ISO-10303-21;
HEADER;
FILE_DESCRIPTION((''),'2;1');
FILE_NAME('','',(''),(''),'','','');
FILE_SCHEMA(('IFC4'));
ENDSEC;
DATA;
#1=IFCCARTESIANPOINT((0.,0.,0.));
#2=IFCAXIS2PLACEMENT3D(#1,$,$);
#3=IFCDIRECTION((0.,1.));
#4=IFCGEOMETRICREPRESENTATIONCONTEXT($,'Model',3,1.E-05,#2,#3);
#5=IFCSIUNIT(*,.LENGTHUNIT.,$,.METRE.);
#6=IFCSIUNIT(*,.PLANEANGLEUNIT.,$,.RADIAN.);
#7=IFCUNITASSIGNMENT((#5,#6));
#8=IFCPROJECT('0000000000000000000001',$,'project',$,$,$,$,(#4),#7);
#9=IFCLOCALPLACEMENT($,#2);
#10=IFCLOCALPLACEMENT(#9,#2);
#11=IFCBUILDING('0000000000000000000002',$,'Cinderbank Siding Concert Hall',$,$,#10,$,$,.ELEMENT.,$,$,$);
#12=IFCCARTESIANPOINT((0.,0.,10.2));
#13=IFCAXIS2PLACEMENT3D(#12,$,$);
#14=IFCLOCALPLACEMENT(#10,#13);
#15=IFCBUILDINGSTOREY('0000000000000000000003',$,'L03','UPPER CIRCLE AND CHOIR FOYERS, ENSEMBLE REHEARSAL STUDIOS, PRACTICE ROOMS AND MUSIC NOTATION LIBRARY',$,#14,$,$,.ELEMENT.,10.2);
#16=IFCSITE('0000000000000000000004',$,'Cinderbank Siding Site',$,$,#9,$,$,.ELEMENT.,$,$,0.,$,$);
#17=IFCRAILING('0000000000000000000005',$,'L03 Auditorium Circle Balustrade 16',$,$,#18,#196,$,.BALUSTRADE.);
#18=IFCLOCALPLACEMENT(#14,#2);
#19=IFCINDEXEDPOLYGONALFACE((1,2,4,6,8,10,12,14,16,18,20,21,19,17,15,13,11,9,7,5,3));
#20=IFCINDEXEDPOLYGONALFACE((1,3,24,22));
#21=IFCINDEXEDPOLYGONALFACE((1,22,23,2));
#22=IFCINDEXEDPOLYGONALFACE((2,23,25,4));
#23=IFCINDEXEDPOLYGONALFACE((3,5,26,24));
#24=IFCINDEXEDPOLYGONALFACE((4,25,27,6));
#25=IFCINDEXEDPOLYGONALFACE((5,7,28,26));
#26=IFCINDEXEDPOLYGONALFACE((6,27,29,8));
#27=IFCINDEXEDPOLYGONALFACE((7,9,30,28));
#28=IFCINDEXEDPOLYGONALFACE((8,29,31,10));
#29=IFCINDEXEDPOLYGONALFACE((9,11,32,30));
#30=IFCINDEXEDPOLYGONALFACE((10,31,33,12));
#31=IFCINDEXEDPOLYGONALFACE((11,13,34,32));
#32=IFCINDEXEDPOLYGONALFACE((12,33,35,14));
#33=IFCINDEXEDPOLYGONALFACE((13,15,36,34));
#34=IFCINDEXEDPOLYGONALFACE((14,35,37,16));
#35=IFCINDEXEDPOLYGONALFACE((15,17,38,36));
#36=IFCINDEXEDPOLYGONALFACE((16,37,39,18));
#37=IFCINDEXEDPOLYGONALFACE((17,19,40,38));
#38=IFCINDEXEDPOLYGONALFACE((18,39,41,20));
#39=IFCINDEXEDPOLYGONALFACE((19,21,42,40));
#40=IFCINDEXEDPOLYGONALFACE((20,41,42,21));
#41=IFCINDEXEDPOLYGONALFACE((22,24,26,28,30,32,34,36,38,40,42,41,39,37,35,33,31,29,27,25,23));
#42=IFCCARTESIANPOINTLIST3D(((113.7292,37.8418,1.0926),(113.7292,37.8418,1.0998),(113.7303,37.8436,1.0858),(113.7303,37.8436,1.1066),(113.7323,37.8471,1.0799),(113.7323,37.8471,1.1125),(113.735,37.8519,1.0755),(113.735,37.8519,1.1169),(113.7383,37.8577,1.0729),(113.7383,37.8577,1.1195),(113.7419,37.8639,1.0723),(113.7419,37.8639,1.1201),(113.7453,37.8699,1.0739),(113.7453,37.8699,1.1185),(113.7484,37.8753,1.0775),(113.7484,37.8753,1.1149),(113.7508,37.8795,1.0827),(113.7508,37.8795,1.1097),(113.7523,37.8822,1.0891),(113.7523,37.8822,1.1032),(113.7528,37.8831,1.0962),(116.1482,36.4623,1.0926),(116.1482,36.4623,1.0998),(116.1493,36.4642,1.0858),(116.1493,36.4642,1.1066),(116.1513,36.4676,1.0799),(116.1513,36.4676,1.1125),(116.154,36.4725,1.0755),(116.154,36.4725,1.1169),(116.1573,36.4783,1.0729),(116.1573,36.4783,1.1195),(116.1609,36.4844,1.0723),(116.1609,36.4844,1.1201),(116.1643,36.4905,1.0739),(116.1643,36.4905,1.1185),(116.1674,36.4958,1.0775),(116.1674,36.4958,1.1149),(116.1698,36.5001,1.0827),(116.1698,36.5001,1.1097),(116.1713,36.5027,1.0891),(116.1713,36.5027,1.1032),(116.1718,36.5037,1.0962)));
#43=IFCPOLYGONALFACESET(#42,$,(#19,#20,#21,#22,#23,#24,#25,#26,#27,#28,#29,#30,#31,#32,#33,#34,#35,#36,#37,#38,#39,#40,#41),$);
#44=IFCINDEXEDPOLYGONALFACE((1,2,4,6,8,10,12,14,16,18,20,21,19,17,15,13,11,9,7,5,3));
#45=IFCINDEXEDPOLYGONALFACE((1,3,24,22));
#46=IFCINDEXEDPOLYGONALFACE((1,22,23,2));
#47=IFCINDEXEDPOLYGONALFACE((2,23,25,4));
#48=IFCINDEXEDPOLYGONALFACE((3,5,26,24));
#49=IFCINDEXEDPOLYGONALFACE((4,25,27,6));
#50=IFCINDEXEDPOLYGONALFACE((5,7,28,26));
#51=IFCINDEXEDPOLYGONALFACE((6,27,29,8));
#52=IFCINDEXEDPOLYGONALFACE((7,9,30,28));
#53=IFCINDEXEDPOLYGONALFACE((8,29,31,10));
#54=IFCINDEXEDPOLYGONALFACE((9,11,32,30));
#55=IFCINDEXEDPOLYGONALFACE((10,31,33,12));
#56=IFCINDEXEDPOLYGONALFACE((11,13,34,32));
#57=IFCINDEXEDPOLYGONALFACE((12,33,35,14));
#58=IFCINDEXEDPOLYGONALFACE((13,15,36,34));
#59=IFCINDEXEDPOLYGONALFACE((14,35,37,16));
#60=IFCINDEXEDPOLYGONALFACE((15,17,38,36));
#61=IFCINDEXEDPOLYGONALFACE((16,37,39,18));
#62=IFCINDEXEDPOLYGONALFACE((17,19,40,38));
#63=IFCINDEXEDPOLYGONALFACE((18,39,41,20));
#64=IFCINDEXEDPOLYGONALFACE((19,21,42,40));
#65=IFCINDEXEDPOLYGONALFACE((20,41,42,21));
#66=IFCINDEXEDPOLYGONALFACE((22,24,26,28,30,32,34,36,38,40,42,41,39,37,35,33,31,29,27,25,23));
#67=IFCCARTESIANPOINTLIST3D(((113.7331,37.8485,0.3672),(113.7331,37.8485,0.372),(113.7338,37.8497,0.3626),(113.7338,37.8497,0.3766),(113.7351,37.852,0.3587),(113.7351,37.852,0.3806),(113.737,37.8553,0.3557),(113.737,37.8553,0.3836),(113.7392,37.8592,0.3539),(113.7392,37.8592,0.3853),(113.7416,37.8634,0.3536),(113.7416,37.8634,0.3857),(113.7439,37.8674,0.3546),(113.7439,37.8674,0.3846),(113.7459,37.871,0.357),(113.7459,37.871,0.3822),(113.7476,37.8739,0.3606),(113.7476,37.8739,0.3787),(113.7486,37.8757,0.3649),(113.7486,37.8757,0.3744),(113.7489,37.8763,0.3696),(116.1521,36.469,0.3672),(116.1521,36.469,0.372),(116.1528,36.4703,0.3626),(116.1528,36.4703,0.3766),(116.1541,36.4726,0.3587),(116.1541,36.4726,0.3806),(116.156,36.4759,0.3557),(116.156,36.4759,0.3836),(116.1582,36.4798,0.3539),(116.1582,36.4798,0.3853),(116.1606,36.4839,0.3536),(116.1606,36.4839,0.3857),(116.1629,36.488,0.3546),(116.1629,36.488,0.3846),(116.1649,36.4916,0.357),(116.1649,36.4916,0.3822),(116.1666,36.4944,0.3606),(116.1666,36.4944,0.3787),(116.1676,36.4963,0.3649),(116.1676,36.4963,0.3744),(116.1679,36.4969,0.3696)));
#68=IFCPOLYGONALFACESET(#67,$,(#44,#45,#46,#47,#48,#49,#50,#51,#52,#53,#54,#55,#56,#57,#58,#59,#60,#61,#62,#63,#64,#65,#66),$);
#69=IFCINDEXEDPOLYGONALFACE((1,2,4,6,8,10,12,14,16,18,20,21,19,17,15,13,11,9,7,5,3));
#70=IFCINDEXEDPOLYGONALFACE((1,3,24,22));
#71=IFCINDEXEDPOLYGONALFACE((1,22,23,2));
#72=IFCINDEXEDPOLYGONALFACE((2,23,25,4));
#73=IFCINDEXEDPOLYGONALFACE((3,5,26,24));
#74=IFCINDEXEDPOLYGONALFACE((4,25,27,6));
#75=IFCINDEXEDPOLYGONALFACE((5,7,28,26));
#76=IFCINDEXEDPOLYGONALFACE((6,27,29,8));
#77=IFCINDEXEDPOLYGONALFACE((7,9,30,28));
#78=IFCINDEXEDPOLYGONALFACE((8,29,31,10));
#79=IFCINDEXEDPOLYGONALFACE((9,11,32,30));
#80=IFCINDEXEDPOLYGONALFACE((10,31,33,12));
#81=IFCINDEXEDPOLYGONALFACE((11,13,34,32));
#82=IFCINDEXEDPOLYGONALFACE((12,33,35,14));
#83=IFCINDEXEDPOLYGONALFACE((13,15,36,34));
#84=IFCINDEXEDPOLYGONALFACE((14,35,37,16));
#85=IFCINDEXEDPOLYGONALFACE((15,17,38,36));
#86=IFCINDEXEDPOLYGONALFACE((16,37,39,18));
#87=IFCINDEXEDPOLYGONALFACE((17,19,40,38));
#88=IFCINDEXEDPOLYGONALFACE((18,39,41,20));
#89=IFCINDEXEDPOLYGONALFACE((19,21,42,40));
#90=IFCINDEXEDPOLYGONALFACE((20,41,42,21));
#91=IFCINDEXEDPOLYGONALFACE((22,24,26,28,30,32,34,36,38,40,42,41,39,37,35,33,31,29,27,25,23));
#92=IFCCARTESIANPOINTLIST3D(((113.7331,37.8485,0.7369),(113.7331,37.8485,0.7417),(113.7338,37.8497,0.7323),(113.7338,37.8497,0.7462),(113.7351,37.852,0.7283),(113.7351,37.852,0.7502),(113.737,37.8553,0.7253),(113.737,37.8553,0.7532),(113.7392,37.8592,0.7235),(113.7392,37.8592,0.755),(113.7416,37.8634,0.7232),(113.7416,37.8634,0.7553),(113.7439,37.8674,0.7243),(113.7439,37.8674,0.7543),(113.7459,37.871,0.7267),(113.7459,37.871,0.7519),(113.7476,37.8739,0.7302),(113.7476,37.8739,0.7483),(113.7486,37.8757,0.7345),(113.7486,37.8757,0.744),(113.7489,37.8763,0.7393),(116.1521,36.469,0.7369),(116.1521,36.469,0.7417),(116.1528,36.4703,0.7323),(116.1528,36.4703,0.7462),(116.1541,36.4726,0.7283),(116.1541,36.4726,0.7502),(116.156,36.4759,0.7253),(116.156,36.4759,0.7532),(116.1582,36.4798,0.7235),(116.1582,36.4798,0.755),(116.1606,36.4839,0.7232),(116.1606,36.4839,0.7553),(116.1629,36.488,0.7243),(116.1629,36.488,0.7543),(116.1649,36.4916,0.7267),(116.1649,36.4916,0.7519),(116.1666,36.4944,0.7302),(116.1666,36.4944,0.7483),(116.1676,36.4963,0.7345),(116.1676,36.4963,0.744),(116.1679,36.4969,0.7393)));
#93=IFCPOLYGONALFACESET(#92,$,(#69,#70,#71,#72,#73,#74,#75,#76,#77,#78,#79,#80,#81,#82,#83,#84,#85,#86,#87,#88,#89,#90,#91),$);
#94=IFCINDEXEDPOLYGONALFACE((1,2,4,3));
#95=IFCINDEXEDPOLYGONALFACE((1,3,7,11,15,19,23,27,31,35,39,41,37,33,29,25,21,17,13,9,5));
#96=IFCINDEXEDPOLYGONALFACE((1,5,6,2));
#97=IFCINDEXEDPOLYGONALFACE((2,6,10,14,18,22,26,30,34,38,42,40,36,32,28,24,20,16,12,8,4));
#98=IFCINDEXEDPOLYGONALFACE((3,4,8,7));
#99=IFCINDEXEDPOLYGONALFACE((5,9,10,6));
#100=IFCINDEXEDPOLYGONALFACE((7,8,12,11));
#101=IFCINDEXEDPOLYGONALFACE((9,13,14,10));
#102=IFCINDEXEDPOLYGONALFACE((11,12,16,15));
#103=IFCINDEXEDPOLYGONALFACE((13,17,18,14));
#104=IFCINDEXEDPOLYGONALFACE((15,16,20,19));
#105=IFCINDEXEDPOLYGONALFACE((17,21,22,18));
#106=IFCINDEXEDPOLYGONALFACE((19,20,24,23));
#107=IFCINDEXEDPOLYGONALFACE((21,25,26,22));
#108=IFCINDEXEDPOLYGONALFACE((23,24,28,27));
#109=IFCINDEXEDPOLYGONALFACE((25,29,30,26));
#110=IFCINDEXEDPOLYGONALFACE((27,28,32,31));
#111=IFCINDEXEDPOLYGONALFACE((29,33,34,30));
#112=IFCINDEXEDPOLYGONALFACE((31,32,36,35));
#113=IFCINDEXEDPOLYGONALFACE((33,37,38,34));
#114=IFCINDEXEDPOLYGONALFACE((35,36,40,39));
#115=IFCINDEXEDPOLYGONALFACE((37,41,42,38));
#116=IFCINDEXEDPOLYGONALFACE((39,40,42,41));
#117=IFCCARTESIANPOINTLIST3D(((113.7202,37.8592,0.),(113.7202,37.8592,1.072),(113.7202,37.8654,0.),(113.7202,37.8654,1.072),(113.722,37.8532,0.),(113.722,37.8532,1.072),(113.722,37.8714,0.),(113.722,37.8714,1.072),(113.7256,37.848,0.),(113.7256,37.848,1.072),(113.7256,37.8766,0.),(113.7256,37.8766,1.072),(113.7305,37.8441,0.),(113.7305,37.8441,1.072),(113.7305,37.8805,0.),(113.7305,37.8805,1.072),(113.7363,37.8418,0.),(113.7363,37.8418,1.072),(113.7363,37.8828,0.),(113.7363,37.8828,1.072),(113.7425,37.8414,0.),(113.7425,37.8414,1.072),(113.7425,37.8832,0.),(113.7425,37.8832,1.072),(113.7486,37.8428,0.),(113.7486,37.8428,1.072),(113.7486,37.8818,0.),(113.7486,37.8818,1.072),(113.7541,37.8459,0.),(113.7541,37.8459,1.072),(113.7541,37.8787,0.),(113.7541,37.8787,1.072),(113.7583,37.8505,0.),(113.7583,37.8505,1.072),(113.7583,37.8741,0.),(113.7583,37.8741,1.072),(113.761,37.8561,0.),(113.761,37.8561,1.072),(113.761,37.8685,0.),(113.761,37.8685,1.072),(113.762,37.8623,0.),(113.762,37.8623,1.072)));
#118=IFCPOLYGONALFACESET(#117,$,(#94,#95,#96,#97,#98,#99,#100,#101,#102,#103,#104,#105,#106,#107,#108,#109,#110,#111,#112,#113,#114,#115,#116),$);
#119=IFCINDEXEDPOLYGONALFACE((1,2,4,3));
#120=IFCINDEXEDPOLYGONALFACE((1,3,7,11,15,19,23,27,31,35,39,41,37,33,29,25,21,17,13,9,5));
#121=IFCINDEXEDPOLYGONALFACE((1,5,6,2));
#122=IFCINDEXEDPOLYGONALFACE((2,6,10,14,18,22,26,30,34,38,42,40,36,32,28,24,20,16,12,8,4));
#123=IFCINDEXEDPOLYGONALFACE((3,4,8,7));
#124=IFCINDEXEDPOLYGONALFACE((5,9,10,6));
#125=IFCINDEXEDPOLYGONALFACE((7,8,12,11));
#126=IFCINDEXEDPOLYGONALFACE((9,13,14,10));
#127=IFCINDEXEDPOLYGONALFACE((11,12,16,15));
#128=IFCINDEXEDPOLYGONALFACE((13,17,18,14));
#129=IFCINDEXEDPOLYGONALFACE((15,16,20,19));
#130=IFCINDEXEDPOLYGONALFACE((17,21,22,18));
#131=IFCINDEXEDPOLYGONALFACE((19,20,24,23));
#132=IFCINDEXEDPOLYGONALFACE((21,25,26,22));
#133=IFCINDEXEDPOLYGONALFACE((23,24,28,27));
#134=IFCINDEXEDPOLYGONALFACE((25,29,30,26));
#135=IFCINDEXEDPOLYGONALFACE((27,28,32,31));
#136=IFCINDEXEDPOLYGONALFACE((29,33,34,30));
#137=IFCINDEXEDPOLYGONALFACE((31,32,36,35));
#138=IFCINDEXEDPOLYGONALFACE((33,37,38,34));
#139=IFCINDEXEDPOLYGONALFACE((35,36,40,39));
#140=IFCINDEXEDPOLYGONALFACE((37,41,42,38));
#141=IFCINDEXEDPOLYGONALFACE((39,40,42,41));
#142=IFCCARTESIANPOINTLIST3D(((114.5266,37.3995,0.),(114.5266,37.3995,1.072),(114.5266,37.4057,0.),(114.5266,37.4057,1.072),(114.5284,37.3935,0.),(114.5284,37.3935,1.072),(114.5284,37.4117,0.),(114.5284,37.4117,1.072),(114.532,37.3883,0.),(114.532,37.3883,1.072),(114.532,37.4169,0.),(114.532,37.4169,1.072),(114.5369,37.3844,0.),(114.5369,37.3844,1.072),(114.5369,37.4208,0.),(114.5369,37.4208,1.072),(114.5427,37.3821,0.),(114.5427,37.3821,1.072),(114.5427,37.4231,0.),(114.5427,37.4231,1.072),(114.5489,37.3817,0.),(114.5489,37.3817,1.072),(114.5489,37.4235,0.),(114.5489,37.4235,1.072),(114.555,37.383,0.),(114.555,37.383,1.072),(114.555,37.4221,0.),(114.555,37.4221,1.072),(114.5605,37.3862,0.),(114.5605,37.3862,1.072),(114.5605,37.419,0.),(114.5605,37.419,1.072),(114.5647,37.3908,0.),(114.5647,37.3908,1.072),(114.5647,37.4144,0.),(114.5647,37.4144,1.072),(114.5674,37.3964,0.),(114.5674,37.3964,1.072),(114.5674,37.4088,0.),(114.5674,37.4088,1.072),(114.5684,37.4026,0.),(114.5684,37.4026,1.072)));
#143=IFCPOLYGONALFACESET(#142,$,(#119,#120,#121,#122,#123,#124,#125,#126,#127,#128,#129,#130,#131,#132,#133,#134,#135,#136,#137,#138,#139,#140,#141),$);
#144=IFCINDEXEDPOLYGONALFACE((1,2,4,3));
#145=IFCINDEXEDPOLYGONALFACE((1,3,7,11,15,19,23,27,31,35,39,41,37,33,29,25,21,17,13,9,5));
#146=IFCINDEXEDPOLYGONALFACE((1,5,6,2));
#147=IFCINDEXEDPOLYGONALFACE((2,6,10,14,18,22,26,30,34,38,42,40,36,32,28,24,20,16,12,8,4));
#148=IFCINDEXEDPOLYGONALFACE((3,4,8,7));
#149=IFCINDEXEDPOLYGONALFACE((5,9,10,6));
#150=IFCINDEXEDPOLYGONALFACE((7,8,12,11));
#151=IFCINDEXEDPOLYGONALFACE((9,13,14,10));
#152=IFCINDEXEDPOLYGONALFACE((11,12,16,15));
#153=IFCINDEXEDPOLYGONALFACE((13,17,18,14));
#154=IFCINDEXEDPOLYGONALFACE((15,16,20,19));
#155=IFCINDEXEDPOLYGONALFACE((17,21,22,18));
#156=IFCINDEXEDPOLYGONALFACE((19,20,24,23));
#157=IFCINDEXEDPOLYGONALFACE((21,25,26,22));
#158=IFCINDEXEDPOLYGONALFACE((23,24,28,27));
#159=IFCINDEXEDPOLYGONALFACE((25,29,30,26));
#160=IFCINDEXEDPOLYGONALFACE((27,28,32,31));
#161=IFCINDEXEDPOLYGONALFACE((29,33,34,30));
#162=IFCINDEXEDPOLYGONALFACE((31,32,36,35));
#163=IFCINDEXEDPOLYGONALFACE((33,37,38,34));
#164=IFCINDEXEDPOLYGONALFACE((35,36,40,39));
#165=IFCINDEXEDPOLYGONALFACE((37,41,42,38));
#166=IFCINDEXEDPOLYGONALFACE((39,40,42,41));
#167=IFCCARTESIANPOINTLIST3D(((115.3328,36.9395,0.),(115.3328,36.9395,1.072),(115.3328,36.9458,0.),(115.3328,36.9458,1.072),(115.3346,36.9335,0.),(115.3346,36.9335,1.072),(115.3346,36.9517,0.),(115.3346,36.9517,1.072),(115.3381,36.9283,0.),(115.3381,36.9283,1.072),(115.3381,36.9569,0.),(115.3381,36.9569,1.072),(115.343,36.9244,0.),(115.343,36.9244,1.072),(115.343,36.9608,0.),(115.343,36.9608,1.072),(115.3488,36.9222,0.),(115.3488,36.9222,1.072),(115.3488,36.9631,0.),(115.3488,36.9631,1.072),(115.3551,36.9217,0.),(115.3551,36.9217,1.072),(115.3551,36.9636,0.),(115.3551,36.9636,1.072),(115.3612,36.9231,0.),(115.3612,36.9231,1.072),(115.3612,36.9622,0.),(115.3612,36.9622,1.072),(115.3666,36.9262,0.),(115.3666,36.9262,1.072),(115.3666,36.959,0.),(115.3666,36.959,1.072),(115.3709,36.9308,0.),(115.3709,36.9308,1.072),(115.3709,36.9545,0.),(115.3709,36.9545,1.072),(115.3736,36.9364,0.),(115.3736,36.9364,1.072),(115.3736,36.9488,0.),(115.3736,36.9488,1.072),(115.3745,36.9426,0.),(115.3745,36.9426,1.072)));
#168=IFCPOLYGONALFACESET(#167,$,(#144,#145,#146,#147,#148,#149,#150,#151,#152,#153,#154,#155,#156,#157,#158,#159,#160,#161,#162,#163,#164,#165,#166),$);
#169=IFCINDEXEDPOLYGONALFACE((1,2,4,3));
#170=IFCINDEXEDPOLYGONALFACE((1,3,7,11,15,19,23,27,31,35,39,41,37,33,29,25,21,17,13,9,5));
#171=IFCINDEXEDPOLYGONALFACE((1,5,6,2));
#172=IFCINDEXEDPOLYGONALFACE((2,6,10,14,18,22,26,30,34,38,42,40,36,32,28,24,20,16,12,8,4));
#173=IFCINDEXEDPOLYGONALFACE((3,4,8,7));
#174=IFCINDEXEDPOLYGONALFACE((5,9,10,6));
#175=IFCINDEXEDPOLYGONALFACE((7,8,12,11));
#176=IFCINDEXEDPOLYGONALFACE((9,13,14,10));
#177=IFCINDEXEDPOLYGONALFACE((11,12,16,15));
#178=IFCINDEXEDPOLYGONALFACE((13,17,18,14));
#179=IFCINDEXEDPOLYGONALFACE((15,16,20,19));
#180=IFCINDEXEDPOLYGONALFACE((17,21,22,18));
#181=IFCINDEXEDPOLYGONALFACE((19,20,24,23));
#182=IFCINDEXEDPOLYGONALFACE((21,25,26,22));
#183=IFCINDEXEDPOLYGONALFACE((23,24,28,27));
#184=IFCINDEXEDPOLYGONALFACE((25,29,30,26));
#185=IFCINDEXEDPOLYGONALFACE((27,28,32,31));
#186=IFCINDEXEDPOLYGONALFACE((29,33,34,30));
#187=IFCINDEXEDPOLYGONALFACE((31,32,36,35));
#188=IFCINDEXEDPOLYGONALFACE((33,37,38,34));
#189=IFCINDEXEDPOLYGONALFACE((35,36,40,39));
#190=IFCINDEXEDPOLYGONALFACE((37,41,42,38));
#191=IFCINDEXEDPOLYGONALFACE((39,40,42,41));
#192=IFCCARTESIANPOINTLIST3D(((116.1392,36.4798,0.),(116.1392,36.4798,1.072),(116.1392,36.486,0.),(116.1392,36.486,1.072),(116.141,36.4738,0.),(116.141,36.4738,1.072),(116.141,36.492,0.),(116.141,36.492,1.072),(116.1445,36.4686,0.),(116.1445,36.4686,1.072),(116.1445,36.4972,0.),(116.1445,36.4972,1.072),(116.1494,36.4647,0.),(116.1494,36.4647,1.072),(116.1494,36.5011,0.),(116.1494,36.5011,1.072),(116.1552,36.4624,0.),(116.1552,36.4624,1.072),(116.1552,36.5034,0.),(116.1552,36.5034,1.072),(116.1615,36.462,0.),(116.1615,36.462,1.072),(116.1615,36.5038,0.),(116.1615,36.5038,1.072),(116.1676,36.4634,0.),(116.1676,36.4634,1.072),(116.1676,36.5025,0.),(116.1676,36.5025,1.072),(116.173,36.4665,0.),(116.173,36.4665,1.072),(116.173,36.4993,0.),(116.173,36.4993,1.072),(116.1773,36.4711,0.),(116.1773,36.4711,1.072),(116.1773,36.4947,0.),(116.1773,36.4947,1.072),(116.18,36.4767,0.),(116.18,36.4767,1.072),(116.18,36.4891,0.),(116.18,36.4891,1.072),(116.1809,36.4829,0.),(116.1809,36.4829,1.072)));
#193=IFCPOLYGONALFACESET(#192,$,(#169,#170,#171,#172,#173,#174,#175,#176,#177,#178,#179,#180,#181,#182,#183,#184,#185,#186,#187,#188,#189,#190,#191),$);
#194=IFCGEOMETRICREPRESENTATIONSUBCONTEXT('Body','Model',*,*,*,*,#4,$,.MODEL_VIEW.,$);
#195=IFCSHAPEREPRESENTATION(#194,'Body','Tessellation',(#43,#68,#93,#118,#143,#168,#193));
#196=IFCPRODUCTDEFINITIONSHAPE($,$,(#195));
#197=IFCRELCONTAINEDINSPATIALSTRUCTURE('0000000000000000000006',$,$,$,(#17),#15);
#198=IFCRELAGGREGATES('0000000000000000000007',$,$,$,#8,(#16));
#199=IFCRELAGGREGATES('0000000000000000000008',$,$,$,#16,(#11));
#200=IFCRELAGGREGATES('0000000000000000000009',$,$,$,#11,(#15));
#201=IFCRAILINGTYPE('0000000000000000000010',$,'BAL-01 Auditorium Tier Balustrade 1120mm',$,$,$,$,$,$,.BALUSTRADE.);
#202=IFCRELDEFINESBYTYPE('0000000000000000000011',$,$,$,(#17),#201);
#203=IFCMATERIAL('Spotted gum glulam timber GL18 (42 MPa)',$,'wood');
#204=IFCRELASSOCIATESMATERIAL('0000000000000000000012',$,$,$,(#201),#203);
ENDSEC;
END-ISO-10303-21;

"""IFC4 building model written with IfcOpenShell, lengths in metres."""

from ifc_helpers import new_model, si_unit, direction, frame, origin, origin_2d, place, context, subcontext, project, spatial, circle, extrude, material, type_object, element, save


model = new_model("IFC4")

# Units and contexts
model_context = context("Model", 3, precision=1e-05, world=origin(), true_north=direction((0.0, 1.0)))
body_context = subcontext(model_context, "Body", "Model", "MODEL_VIEW")
ifc_project = project(units=[si_unit("LENGTHUNIT", "METRE"), si_unit("PLANEANGLEUNIT", "RADIAN")], contexts=[model_context])

# Site, building, storey
site_placement = place(None, origin())
site = spatial("IfcSite", under=ifc_project, at=site_placement, Name="Cinderbank Siding Site", CompositionType="ELEMENT", RefElevation=0.0)
building_placement = place(site_placement, origin())
building = spatial("IfcBuilding", under=site, at=building_placement, Name="Cinderbank Siding Concert Hall", CompositionType="ELEMENT")
storey_placement = place(building_placement, frame((0.0, 0.0, 10.2)))
storey = spatial("IfcBuildingStorey", under=building, at=storey_placement, Name="L03", Description="UPPER CIRCLE AND CHOIR FOYERS, ENSEMBLE REHEARSAL STUDIOS, PRACTICE ROOMS AND MUSIC NOTATION LIBRARY", CompositionType="ELEMENT", Elevation=10.2)

# Shared definitions
ifc_material_1 = material(Name="Spotted gum glulam timber GL18 (42 MPa)", Category="wood")

# Railing
railing_type = type_object("IfcRailingType", Name="BAL-01 Auditorium Tier Balustrade 1120mm", PredefinedType="BALUSTRADE", material=ifc_material_1)
railing_1_placement = place(storey_placement, frame((113.741, 37.8623, 0.0)))
element("IfcRailing", 1, at=railing_1_placement, inside=storey, type_object=railing_type, Name="L03 Auditorium Circle Balustrade 16", PredefinedType="BALUSTRADE", context=body_context, shape_type="SweptSolid", body=[
    extrude(circle(Radius=0.0239, at=origin_2d()), frame((0.0, 0.0, 1.0962), z_axis=(0.868685, -0.495365, 0.0), x_axis=(0.495365, 0.868685, 0.0)), (0.0, 0.0, 1.0), 2.7847),
    extrude(circle(Radius=0.0161, at=origin_2d()), frame((0.0, 0.0, 0.3696), z_axis=(0.868685, -0.495365, 0.0), x_axis=(0.495365, 0.868685, 0.0)), (0.0, 0.0, 1.0), 2.7847),
    extrude(circle(Radius=0.0161, at=origin_2d()), frame((0.0, 0.0, 0.7393), z_axis=(0.868685, -0.495365, 0.0), x_axis=(0.495365, 0.868685, 0.0)), (0.0, 0.0, 1.0), 2.7847),
    extrude(circle(Radius=0.021, at=origin_2d()), origin(), (0.0, 0.0, 1.0), 1.072),
    extrude(circle(Radius=0.021, at=origin_2d()), frame((0.8064, -0.4597, 0.0)), (0.0, 0.0, 1.0), 1.072),
    extrude(circle(Radius=0.021, at=origin_2d()), frame((1.6125, -0.9197, 0.0)), (0.0, 0.0, 1.0), 1.072),
    extrude(circle(Radius=0.021, at=origin_2d()), frame((2.4189, -1.3794, 0.0)), (0.0, 0.0, 1.0), 1.072),
])

save(model, "model.ifc")
